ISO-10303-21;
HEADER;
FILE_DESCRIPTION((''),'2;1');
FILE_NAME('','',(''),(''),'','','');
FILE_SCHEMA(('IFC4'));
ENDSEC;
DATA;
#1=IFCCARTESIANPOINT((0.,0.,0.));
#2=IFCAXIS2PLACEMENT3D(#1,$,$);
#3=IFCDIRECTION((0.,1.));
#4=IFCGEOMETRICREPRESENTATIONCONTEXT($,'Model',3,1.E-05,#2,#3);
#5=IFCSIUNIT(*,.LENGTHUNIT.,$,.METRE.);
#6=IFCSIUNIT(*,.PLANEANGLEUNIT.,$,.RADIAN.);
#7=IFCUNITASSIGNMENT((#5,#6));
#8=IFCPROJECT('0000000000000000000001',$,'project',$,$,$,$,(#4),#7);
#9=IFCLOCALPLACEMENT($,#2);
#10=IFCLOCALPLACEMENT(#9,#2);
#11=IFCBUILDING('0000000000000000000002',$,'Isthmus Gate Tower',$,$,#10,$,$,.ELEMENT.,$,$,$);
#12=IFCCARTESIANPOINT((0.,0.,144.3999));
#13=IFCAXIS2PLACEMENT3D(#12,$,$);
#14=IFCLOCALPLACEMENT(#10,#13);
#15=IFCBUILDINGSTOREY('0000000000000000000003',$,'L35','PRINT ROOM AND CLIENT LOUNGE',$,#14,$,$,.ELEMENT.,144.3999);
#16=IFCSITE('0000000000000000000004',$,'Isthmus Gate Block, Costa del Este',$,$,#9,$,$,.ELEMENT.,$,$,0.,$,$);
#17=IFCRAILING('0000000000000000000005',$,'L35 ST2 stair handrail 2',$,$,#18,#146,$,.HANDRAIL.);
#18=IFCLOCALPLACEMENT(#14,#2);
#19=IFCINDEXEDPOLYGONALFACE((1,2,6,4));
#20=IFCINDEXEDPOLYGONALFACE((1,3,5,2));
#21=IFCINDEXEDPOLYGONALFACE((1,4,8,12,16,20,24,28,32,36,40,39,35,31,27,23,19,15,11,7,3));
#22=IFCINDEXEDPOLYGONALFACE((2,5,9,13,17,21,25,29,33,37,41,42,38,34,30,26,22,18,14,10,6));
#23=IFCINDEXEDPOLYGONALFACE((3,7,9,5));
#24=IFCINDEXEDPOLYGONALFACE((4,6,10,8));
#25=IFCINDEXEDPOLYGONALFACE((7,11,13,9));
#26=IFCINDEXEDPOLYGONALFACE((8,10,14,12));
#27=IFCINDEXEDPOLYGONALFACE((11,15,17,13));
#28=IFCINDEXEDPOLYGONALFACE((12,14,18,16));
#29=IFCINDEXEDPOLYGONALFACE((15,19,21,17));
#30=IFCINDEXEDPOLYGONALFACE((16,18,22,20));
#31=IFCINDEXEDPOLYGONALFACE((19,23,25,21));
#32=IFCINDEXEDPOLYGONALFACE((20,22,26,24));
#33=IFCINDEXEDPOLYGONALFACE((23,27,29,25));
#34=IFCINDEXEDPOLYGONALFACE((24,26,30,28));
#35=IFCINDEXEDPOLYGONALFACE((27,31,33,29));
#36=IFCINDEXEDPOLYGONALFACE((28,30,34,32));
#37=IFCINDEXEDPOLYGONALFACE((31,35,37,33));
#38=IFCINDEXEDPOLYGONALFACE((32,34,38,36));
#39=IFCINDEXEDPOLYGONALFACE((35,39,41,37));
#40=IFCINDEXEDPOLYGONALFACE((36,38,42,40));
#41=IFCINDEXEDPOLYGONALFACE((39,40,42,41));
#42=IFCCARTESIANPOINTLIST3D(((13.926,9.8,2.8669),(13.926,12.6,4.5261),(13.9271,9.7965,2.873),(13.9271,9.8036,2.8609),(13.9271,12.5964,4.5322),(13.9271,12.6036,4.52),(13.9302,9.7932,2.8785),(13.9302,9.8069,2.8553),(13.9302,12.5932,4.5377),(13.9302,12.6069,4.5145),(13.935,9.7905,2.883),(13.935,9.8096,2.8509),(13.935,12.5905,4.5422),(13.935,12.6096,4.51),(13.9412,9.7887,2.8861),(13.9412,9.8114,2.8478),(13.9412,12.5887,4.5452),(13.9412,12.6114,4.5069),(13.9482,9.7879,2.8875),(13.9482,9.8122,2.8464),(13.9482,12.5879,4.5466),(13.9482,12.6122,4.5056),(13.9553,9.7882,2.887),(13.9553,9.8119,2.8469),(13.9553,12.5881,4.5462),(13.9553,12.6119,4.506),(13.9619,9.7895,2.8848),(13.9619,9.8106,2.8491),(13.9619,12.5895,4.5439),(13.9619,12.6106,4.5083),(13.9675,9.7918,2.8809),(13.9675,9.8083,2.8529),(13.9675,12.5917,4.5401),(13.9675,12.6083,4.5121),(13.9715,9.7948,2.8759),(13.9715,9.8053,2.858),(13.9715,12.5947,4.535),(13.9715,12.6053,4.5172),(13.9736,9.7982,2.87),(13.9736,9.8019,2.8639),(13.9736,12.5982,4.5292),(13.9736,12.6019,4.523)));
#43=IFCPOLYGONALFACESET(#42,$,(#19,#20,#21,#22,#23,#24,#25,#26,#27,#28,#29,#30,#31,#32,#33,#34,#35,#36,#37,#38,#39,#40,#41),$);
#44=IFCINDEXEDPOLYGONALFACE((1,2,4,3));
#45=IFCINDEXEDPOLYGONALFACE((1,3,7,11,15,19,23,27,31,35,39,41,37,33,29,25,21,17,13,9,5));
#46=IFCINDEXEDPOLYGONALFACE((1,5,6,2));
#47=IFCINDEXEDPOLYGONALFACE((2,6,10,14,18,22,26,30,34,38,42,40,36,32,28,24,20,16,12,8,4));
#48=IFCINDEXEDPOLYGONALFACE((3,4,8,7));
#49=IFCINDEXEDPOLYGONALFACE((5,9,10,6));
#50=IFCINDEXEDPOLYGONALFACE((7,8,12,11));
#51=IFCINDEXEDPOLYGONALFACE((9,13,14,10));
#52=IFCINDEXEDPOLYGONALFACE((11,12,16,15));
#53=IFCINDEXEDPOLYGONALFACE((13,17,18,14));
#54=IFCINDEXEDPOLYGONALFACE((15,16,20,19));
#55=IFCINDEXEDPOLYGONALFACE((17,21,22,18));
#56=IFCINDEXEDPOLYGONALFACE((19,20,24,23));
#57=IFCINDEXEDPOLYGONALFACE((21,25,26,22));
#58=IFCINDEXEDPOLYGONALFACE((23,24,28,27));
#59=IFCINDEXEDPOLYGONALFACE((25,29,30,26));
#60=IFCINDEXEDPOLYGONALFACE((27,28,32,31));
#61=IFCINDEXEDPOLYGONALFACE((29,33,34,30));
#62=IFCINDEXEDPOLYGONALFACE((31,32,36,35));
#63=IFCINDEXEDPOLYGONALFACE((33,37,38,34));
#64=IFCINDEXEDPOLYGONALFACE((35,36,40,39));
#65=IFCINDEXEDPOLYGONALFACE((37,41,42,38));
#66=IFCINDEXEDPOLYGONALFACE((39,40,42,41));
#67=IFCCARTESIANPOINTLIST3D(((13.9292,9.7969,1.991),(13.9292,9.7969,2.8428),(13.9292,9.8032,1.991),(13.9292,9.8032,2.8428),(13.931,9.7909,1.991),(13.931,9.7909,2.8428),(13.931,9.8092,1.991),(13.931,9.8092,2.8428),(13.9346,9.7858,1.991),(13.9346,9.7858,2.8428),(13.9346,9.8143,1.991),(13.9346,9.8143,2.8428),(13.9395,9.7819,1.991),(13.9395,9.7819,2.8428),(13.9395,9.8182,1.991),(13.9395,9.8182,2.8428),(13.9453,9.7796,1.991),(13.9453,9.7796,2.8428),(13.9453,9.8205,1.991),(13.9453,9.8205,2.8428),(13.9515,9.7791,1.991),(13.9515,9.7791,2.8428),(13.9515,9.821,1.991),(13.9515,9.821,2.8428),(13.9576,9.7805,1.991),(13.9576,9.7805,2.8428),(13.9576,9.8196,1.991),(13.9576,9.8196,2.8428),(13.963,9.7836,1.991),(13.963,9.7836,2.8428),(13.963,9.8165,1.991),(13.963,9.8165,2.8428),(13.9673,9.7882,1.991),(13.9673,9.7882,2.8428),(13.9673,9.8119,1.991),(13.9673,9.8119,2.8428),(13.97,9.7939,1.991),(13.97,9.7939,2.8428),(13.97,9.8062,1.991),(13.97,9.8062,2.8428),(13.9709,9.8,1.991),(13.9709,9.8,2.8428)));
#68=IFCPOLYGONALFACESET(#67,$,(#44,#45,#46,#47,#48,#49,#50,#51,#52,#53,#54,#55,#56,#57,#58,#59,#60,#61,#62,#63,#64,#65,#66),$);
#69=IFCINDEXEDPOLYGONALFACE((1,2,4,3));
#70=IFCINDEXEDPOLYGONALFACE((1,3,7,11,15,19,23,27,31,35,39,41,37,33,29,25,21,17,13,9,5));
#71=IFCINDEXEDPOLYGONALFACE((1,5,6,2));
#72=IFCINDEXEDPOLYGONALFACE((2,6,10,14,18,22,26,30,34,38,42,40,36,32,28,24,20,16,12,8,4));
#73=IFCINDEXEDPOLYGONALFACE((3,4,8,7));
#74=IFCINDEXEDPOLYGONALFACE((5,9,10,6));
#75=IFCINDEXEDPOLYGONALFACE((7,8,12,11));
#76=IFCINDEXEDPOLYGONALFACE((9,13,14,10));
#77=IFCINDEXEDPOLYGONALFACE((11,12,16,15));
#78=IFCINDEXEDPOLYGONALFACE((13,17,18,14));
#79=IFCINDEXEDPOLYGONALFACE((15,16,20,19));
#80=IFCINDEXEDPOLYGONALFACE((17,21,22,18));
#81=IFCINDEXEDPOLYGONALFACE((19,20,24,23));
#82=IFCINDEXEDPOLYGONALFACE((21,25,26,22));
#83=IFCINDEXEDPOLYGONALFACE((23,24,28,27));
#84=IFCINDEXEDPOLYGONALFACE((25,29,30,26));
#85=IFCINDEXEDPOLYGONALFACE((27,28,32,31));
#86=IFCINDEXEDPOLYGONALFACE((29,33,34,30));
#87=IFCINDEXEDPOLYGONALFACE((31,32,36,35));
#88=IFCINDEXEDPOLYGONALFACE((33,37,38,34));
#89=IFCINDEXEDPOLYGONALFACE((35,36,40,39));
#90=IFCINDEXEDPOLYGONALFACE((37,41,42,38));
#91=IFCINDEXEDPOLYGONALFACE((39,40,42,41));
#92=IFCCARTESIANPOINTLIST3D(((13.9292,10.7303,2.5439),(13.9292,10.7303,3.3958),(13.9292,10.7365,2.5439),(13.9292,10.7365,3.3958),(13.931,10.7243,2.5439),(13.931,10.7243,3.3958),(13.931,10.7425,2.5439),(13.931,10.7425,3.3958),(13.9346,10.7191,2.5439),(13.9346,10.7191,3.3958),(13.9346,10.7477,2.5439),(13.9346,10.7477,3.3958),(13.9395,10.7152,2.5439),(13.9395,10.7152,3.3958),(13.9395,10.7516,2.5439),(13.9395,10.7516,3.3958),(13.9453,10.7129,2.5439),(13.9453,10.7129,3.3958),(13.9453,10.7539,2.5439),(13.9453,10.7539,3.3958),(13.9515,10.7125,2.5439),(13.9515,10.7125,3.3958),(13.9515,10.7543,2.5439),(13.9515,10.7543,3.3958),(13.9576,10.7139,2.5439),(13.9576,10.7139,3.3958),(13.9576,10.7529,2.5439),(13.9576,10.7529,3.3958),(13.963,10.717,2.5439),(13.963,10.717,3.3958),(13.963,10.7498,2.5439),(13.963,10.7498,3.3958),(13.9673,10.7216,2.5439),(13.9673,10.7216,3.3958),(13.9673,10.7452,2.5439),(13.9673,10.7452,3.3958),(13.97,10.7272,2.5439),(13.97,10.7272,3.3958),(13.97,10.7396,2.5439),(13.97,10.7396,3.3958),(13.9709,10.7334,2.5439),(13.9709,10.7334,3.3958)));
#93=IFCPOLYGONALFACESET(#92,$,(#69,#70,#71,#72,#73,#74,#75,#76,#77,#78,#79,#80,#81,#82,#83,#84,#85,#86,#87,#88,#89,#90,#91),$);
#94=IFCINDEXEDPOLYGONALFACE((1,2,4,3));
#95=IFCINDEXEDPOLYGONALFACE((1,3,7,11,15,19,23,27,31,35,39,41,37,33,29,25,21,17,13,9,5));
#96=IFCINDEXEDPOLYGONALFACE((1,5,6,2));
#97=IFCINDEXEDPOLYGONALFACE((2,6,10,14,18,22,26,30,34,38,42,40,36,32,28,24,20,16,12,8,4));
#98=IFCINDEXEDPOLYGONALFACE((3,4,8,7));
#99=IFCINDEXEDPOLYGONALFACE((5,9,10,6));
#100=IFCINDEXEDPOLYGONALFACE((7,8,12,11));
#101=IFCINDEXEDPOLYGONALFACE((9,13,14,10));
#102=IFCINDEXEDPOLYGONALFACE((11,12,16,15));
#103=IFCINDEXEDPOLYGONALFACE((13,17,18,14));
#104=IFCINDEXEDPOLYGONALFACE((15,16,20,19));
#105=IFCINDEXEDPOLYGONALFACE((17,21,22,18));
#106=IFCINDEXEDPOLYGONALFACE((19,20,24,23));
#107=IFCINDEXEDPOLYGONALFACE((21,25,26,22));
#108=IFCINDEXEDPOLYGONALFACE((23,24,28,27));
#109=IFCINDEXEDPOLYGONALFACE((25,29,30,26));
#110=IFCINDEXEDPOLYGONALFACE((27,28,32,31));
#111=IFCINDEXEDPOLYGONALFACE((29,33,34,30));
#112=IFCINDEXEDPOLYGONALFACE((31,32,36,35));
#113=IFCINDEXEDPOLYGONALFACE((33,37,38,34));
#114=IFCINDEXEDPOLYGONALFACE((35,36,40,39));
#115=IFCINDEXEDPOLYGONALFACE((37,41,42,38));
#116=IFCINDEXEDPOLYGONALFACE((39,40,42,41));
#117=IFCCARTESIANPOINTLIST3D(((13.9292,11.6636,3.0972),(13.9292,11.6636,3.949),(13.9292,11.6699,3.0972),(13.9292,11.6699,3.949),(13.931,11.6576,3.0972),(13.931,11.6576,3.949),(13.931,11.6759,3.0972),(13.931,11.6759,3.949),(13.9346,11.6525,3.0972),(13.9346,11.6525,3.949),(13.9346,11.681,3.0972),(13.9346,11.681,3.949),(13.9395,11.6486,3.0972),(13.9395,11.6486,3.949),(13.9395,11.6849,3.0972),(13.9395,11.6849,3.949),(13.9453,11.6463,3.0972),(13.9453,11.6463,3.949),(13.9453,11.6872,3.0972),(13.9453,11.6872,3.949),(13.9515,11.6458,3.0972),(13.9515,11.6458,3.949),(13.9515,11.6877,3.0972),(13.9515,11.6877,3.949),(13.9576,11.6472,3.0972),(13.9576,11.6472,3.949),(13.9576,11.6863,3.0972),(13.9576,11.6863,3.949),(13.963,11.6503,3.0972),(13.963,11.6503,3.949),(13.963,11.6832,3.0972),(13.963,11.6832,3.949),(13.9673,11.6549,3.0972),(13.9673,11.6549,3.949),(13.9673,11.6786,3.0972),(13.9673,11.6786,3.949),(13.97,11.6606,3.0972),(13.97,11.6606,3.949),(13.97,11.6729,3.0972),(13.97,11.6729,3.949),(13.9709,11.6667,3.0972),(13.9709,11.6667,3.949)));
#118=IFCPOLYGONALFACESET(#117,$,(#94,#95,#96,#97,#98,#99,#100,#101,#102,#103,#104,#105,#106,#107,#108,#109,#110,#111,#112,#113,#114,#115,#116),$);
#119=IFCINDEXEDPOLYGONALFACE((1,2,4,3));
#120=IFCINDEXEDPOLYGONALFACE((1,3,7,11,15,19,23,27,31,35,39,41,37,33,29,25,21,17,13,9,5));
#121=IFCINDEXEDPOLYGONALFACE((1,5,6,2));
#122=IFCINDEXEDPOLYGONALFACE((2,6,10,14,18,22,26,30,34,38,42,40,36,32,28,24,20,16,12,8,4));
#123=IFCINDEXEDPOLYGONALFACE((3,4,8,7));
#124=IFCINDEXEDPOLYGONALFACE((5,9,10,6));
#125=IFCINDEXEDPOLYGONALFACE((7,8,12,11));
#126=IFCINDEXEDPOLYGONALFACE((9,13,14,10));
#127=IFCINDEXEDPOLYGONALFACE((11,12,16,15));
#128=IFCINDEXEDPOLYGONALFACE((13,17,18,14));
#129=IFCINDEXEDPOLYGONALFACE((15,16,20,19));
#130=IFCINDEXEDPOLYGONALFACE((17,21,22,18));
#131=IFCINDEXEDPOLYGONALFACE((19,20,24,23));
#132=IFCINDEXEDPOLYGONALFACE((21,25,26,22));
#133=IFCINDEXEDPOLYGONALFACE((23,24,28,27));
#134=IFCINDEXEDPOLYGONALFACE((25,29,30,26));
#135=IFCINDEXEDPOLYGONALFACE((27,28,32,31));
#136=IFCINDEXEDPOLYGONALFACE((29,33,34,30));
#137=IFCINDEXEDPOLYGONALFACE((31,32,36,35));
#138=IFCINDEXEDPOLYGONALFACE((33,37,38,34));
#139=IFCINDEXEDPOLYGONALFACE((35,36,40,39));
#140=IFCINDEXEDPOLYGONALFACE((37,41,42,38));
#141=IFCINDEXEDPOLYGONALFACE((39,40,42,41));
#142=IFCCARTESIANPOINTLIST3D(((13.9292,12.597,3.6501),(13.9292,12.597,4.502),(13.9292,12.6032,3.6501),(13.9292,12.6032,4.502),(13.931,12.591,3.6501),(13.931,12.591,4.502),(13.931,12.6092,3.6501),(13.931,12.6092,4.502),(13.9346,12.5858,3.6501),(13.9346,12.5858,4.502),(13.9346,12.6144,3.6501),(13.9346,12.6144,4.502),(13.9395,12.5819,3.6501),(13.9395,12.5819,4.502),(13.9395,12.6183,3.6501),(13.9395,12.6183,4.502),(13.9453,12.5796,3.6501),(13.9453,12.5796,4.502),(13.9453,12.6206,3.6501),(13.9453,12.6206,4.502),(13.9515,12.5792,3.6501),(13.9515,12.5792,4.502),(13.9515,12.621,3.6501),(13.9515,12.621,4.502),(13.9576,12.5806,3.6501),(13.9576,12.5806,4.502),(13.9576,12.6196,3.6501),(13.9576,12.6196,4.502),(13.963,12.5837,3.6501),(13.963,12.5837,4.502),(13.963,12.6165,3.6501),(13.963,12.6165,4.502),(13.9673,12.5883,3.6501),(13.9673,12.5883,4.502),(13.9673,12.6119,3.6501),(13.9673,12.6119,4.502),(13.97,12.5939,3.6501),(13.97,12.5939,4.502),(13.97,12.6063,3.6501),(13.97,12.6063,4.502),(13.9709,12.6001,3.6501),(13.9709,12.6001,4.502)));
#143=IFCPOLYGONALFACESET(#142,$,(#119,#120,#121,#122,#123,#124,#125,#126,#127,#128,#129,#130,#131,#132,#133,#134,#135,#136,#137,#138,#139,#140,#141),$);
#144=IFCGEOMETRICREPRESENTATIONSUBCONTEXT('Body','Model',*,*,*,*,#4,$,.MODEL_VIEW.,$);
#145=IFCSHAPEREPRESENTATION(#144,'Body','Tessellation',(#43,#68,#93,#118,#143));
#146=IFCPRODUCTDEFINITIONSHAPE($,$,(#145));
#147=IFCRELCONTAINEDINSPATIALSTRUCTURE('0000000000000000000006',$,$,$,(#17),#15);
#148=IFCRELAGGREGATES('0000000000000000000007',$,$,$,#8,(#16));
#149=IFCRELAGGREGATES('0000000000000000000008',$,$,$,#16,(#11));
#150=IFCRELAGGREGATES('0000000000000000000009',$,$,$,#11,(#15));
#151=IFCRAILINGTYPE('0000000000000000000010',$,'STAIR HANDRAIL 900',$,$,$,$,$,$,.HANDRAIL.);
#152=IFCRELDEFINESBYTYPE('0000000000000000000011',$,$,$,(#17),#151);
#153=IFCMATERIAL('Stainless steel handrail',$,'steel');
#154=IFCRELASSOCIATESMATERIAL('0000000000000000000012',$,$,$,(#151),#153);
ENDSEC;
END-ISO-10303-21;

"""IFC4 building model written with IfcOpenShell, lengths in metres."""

from ifc_helpers import new_model, si_unit, direction, frame, origin, origin_2d, place, context, subcontext, project, spatial, circle, extrude, material, type_object, element, save


model = new_model("IFC4")

# Units and contexts
model_context = context("Model", 3, precision=1e-05, world=origin(), true_north=direction((0.0, 1.0)))
body_context = subcontext(model_context, "Body", "Model", "MODEL_VIEW")
ifc_project = project(units=[si_unit("LENGTHUNIT", "METRE"), si_unit("PLANEANGLEUNIT", "RADIAN")], contexts=[model_context])

# Site, building, storey
site_placement = place(None, origin())
site = spatial("IfcSite", under=ifc_project, at=site_placement, Name="Isthmus Gate Block, Costa del Este", CompositionType="ELEMENT", RefElevation=0.0)
building_placement = place(site_placement, origin())
building = spatial("IfcBuilding", under=site, at=building_placement, Name="Isthmus Gate Tower", CompositionType="ELEMENT")
storey_placement = place(building_placement, frame((0.0, 0.0, 144.3999)))
storey = spatial("IfcBuildingStorey", under=building, at=storey_placement, Name="L35", Description="PRINT ROOM AND CLIENT LOUNGE", CompositionType="ELEMENT", Elevation=144.3999)

# Railing
ifc_material_1 = material(Name="Stainless steel handrail", Category="steel")
railing_type_1 = type_object("IfcRailingType", Name="STAIR HANDRAIL 900", PredefinedType="HANDRAIL", material=ifc_material_1)
for number, where, name in (
    (1, (13.95, 9.8, 1.991), "L35 ST2 stair handrail 2"),
):
    element("IfcRailing", number, at=place(storey_placement, frame(where)), inside=storey, type_object=railing_type_1, Name=name, PredefinedType="HANDRAIL", context=body_context, shape_type="SweptSolid", body=[
        extrude(circle(Radius=0.0239, at=origin_2d()), frame((0.0, 0.0, 0.876), z_axis=(0.0, 0.860306, 0.509778), x_axis=(-1.0, 0.0, 0.0)), (0.0, 0.0, 1.0), 3.2546),
        extrude(circle(Radius=0.021, at=origin_2d()), origin(), (0.0, 0.0, 1.0), 0.8518),
        extrude(circle(Radius=0.021, at=origin_2d()), frame((0.0, 0.9333, 0.553)), (0.0, 0.0, 1.0), 0.8518),
        extrude(circle(Radius=0.021, at=origin_2d()), frame((0.0, 1.8667, 1.1062)), (0.0, 0.0, 1.0), 0.8518),
        extrude(circle(Radius=0.021, at=origin_2d()), frame((0.0, 2.8, 1.6592)), (0.0, 0.0, 1.0), 0.8518),
    ])

save(model, "model.ifc")
